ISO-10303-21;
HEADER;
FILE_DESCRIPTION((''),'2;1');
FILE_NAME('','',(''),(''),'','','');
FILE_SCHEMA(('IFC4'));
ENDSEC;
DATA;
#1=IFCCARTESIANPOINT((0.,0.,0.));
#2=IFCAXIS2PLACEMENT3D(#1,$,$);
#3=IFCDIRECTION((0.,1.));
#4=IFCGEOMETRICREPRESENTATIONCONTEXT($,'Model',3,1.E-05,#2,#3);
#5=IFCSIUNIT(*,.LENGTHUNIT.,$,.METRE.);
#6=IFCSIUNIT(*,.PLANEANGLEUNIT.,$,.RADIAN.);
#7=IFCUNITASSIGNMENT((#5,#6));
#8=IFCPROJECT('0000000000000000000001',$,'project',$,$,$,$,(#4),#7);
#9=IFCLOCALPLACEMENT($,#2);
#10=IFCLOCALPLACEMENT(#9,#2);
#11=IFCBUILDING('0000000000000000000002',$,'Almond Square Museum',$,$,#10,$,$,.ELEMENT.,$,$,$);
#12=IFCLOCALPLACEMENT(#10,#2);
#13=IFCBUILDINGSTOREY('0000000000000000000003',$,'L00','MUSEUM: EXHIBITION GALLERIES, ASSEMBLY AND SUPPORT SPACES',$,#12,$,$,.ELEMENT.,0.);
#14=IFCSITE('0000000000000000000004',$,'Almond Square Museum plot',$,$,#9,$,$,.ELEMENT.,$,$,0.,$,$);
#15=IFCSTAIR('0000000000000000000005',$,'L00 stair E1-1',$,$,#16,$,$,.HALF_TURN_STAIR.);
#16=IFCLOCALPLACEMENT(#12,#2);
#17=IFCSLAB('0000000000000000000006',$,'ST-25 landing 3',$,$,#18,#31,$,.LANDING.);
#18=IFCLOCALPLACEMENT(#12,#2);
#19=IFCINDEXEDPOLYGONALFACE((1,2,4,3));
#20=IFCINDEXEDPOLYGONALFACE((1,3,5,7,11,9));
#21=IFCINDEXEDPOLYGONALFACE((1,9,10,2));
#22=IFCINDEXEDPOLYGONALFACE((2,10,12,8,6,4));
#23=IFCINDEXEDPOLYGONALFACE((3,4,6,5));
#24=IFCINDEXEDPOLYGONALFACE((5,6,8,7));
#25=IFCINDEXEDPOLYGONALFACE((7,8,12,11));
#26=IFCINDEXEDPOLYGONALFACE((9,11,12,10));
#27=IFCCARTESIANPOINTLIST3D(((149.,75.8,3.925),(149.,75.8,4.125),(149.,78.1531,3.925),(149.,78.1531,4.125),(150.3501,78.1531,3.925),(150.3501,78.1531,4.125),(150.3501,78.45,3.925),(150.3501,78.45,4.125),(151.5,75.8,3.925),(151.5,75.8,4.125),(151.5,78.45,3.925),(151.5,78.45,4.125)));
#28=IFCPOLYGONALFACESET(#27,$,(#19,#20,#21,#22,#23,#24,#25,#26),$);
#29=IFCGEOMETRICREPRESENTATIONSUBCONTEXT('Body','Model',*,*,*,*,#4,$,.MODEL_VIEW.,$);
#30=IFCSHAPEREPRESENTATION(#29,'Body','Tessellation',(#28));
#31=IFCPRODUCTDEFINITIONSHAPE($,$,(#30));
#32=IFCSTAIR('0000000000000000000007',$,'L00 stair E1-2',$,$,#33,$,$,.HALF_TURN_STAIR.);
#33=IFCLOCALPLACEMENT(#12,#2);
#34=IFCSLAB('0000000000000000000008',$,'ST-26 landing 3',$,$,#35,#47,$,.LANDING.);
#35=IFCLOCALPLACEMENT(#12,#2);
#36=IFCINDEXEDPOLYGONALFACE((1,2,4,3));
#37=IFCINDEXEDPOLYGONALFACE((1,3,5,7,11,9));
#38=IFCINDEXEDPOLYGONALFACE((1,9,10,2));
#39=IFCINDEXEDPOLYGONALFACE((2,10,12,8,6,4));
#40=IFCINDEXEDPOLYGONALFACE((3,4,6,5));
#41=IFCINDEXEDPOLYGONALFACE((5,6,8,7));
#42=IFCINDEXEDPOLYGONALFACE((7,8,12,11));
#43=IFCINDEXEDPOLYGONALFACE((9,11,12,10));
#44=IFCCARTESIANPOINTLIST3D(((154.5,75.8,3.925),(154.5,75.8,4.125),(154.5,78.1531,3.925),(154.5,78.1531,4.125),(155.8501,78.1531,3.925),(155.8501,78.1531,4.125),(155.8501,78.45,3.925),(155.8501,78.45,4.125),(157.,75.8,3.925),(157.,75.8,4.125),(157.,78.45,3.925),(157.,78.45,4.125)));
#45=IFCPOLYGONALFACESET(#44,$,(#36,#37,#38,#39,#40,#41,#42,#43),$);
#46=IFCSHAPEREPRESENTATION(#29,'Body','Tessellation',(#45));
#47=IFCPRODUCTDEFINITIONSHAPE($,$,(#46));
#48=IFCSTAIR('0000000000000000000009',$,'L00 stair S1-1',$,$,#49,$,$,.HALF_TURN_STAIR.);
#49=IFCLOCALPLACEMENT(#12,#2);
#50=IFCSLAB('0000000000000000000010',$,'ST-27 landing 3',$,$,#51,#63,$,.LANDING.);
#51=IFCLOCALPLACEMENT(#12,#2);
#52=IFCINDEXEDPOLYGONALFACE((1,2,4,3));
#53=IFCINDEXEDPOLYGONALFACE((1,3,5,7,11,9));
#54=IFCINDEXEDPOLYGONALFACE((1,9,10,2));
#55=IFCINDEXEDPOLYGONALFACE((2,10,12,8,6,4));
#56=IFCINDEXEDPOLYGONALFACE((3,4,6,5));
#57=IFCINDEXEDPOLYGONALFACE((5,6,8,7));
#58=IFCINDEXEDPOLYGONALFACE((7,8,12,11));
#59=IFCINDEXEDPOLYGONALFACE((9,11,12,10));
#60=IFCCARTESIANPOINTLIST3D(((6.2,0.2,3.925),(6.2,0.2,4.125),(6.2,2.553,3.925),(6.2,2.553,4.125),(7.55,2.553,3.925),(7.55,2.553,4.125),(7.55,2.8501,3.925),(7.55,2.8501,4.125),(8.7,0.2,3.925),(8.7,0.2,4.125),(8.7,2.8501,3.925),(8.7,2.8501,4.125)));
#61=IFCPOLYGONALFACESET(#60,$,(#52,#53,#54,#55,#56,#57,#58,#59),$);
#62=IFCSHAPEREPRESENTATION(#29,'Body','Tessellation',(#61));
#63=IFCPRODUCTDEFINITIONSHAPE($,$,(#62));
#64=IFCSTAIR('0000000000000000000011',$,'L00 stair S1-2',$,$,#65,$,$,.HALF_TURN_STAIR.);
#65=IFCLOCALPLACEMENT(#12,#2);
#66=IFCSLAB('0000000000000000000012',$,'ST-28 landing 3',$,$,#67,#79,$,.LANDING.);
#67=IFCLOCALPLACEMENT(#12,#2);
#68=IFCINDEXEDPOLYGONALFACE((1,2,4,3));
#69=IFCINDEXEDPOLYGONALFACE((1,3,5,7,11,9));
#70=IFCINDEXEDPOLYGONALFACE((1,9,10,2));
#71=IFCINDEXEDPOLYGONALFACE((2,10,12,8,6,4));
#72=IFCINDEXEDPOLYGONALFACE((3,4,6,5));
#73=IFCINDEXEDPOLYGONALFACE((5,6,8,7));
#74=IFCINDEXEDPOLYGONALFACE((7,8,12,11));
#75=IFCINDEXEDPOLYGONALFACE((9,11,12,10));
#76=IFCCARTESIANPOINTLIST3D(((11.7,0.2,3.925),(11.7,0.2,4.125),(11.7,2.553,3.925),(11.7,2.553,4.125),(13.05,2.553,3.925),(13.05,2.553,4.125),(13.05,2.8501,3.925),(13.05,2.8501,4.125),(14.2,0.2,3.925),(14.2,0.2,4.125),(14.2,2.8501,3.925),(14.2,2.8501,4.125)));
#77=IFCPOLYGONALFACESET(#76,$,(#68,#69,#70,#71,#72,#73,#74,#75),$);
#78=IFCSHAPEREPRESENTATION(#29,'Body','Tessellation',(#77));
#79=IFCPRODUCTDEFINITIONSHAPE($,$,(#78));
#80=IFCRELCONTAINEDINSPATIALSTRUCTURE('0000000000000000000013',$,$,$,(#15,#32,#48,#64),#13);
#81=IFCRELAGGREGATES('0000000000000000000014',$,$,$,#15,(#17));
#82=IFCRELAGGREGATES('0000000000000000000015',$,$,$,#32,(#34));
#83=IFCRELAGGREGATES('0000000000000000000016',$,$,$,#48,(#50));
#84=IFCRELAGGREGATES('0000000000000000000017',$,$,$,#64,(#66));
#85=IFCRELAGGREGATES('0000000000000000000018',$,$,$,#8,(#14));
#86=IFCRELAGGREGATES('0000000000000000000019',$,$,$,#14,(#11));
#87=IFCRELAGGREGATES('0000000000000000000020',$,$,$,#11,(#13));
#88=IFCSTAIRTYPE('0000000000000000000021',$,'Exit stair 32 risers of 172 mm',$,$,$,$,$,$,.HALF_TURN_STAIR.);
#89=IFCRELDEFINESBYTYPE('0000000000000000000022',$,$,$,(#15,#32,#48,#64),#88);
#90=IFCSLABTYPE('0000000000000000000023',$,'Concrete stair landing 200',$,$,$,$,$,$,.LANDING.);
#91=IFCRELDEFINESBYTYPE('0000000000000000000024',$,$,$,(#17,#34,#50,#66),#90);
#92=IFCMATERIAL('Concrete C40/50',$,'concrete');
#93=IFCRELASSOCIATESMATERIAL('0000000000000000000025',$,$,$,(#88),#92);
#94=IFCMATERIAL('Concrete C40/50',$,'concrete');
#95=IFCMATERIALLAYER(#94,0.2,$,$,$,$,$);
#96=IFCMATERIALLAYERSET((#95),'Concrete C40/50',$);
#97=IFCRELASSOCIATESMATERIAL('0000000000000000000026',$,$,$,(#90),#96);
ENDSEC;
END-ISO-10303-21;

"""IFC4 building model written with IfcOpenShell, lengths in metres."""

from ifc_helpers import new_model, si_unit, direction, frame, origin, place, context, subcontext, project, spatial, polyline, outline, extrude, material, layer, layer_set, type_object, element, aggregate, save


model = new_model("IFC4")

# Units and contexts
model_context = context("Model", 3, precision=1e-05, world=origin(), true_north=direction((0.0, 1.0)))
body_context = subcontext(model_context, "Body", "Model", "MODEL_VIEW")
ifc_project = project(units=[si_unit("LENGTHUNIT", "METRE"), si_unit("PLANEANGLEUNIT", "RADIAN")], contexts=[model_context])

# Site, building, storey
site_placement = place(None, origin())
site = spatial("IfcSite", under=ifc_project, at=site_placement, Name="Almond Square Museum plot", CompositionType="ELEMENT", RefElevation=0.0)
building_placement = place(site_placement, origin())
building = spatial("IfcBuilding", under=site, at=building_placement, Name="Almond Square Museum", CompositionType="ELEMENT")
storey_placement = place(building_placement, origin())
storey = spatial("IfcBuildingStorey", under=building, at=storey_placement, Name="L00", Description="MUSEUM: EXHIBITION GALLERIES, ASSEMBLY AND SUPPORT SPACES", CompositionType="ELEMENT", Elevation=0.0)

# Stairs, slabs
ifc_material_1 = material(Name="Concrete C40/50", Category="concrete")
stair_type = type_object("IfcStairType", Name="Exit stair 32 risers of 172 mm", PredefinedType="HALF_TURN_STAIR", material=ifc_material_1)
ifc_material_2 = material(Name="Concrete C40/50", Category="concrete")
ifc_layer = layer(ifc_material_2, 0.2)
ifc_layer_set = layer_set([ifc_layer], Name="Concrete C40/50")
slab_type = type_object("IfcSlabType", Name="Concrete stair landing 200", PredefinedType="LANDING", material=ifc_layer_set)
stair_1_placement = place(storey_placement, origin())
stair_1 = element("IfcStair", 1, at=stair_1_placement, inside=storey, type_object=stair_type, Name="L00 stair E1-1", PredefinedType="HALF_TURN_STAIR")
slab_1_placement = place(storey_placement, frame((0.0, 0.0, 3.925)))
slab_1 = element("IfcSlab", 2, at=slab_1_placement, type_object=slab_type, Name="ST-25 landing 3", PredefinedType="LANDING", context=body_context, shape_type="SweptSolid", body=[
    extrude(outline(polyline([(149.0, 78.1531), (149.0, 75.8), (151.5, 75.8), (151.5, 78.45), (150.3501, 78.45), (150.3501, 78.1531), (149.0, 78.1531)])), origin(), (0.0, 0.0, 1.0), 0.2),
])
aggregate(stair_1, [slab_1])
stair_2_placement = place(storey_placement, origin())
stair_2 = element("IfcStair", 3, at=stair_2_placement, inside=storey, type_object=stair_type, Name="L00 stair E1-2", PredefinedType="HALF_TURN_STAIR")
slab_2_placement = place(storey_placement, frame((0.0, 0.0, 3.925)))
slab_2 = element("IfcSlab", 4, at=slab_2_placement, type_object=slab_type, Name="ST-26 landing 3", PredefinedType="LANDING", context=body_context, shape_type="SweptSolid", body=[
    extrude(outline(polyline([(154.5, 78.1531), (154.5, 75.8), (157.0, 75.8), (157.0, 78.45), (155.8501, 78.45), (155.8501, 78.1531), (154.5, 78.1531)])), origin(), (0.0, 0.0, 1.0), 0.2),
])
aggregate(stair_2, [slab_2])
stair_3_placement = place(storey_placement, origin())
stair_3 = element("IfcStair", 5, at=stair_3_placement, inside=storey, type_object=stair_type, Name="L00 stair S1-1", PredefinedType="HALF_TURN_STAIR")
slab_3_placement = place(storey_placement, frame((0.0, 0.0, 3.925)))
slab_3 = element("IfcSlab", 6, at=slab_3_placement, type_object=slab_type, Name="ST-27 landing 3", PredefinedType="LANDING", context=body_context, shape_type="SweptSolid", body=[
    extrude(outline(polyline([(6.2, 2.553), (6.2, 0.2), (8.7, 0.2), (8.7, 2.8501), (7.55, 2.8501), (7.55, 2.553), (6.2, 2.553)])), origin(), (0.0, 0.0, 1.0), 0.2),
])
aggregate(stair_3, [slab_3])
stair_4_placement = place(storey_placement, origin())
stair_4 = element("IfcStair", 7, at=stair_4_placement, inside=storey, type_object=stair_type, Name="L00 stair S1-2", PredefinedType="HALF_TURN_STAIR")
slab_4_placement = place(storey_placement, frame((0.0, 0.0, 3.925)))
slab_4 = element("IfcSlab", 8, at=slab_4_placement, type_object=slab_type, Name="ST-28 landing 3", PredefinedType="LANDING", context=body_context, shape_type="SweptSolid", body=[
    extrude(outline(polyline([(11.7, 2.553), (11.7, 0.2), (14.2, 0.2), (14.2, 2.8501), (13.05, 2.8501), (13.05, 2.553), (11.7, 2.553)])), origin(), (0.0, 0.0, 1.0), 0.2),
])
aggregate(stair_4, [slab_4])

save(model, "model.ifc")
